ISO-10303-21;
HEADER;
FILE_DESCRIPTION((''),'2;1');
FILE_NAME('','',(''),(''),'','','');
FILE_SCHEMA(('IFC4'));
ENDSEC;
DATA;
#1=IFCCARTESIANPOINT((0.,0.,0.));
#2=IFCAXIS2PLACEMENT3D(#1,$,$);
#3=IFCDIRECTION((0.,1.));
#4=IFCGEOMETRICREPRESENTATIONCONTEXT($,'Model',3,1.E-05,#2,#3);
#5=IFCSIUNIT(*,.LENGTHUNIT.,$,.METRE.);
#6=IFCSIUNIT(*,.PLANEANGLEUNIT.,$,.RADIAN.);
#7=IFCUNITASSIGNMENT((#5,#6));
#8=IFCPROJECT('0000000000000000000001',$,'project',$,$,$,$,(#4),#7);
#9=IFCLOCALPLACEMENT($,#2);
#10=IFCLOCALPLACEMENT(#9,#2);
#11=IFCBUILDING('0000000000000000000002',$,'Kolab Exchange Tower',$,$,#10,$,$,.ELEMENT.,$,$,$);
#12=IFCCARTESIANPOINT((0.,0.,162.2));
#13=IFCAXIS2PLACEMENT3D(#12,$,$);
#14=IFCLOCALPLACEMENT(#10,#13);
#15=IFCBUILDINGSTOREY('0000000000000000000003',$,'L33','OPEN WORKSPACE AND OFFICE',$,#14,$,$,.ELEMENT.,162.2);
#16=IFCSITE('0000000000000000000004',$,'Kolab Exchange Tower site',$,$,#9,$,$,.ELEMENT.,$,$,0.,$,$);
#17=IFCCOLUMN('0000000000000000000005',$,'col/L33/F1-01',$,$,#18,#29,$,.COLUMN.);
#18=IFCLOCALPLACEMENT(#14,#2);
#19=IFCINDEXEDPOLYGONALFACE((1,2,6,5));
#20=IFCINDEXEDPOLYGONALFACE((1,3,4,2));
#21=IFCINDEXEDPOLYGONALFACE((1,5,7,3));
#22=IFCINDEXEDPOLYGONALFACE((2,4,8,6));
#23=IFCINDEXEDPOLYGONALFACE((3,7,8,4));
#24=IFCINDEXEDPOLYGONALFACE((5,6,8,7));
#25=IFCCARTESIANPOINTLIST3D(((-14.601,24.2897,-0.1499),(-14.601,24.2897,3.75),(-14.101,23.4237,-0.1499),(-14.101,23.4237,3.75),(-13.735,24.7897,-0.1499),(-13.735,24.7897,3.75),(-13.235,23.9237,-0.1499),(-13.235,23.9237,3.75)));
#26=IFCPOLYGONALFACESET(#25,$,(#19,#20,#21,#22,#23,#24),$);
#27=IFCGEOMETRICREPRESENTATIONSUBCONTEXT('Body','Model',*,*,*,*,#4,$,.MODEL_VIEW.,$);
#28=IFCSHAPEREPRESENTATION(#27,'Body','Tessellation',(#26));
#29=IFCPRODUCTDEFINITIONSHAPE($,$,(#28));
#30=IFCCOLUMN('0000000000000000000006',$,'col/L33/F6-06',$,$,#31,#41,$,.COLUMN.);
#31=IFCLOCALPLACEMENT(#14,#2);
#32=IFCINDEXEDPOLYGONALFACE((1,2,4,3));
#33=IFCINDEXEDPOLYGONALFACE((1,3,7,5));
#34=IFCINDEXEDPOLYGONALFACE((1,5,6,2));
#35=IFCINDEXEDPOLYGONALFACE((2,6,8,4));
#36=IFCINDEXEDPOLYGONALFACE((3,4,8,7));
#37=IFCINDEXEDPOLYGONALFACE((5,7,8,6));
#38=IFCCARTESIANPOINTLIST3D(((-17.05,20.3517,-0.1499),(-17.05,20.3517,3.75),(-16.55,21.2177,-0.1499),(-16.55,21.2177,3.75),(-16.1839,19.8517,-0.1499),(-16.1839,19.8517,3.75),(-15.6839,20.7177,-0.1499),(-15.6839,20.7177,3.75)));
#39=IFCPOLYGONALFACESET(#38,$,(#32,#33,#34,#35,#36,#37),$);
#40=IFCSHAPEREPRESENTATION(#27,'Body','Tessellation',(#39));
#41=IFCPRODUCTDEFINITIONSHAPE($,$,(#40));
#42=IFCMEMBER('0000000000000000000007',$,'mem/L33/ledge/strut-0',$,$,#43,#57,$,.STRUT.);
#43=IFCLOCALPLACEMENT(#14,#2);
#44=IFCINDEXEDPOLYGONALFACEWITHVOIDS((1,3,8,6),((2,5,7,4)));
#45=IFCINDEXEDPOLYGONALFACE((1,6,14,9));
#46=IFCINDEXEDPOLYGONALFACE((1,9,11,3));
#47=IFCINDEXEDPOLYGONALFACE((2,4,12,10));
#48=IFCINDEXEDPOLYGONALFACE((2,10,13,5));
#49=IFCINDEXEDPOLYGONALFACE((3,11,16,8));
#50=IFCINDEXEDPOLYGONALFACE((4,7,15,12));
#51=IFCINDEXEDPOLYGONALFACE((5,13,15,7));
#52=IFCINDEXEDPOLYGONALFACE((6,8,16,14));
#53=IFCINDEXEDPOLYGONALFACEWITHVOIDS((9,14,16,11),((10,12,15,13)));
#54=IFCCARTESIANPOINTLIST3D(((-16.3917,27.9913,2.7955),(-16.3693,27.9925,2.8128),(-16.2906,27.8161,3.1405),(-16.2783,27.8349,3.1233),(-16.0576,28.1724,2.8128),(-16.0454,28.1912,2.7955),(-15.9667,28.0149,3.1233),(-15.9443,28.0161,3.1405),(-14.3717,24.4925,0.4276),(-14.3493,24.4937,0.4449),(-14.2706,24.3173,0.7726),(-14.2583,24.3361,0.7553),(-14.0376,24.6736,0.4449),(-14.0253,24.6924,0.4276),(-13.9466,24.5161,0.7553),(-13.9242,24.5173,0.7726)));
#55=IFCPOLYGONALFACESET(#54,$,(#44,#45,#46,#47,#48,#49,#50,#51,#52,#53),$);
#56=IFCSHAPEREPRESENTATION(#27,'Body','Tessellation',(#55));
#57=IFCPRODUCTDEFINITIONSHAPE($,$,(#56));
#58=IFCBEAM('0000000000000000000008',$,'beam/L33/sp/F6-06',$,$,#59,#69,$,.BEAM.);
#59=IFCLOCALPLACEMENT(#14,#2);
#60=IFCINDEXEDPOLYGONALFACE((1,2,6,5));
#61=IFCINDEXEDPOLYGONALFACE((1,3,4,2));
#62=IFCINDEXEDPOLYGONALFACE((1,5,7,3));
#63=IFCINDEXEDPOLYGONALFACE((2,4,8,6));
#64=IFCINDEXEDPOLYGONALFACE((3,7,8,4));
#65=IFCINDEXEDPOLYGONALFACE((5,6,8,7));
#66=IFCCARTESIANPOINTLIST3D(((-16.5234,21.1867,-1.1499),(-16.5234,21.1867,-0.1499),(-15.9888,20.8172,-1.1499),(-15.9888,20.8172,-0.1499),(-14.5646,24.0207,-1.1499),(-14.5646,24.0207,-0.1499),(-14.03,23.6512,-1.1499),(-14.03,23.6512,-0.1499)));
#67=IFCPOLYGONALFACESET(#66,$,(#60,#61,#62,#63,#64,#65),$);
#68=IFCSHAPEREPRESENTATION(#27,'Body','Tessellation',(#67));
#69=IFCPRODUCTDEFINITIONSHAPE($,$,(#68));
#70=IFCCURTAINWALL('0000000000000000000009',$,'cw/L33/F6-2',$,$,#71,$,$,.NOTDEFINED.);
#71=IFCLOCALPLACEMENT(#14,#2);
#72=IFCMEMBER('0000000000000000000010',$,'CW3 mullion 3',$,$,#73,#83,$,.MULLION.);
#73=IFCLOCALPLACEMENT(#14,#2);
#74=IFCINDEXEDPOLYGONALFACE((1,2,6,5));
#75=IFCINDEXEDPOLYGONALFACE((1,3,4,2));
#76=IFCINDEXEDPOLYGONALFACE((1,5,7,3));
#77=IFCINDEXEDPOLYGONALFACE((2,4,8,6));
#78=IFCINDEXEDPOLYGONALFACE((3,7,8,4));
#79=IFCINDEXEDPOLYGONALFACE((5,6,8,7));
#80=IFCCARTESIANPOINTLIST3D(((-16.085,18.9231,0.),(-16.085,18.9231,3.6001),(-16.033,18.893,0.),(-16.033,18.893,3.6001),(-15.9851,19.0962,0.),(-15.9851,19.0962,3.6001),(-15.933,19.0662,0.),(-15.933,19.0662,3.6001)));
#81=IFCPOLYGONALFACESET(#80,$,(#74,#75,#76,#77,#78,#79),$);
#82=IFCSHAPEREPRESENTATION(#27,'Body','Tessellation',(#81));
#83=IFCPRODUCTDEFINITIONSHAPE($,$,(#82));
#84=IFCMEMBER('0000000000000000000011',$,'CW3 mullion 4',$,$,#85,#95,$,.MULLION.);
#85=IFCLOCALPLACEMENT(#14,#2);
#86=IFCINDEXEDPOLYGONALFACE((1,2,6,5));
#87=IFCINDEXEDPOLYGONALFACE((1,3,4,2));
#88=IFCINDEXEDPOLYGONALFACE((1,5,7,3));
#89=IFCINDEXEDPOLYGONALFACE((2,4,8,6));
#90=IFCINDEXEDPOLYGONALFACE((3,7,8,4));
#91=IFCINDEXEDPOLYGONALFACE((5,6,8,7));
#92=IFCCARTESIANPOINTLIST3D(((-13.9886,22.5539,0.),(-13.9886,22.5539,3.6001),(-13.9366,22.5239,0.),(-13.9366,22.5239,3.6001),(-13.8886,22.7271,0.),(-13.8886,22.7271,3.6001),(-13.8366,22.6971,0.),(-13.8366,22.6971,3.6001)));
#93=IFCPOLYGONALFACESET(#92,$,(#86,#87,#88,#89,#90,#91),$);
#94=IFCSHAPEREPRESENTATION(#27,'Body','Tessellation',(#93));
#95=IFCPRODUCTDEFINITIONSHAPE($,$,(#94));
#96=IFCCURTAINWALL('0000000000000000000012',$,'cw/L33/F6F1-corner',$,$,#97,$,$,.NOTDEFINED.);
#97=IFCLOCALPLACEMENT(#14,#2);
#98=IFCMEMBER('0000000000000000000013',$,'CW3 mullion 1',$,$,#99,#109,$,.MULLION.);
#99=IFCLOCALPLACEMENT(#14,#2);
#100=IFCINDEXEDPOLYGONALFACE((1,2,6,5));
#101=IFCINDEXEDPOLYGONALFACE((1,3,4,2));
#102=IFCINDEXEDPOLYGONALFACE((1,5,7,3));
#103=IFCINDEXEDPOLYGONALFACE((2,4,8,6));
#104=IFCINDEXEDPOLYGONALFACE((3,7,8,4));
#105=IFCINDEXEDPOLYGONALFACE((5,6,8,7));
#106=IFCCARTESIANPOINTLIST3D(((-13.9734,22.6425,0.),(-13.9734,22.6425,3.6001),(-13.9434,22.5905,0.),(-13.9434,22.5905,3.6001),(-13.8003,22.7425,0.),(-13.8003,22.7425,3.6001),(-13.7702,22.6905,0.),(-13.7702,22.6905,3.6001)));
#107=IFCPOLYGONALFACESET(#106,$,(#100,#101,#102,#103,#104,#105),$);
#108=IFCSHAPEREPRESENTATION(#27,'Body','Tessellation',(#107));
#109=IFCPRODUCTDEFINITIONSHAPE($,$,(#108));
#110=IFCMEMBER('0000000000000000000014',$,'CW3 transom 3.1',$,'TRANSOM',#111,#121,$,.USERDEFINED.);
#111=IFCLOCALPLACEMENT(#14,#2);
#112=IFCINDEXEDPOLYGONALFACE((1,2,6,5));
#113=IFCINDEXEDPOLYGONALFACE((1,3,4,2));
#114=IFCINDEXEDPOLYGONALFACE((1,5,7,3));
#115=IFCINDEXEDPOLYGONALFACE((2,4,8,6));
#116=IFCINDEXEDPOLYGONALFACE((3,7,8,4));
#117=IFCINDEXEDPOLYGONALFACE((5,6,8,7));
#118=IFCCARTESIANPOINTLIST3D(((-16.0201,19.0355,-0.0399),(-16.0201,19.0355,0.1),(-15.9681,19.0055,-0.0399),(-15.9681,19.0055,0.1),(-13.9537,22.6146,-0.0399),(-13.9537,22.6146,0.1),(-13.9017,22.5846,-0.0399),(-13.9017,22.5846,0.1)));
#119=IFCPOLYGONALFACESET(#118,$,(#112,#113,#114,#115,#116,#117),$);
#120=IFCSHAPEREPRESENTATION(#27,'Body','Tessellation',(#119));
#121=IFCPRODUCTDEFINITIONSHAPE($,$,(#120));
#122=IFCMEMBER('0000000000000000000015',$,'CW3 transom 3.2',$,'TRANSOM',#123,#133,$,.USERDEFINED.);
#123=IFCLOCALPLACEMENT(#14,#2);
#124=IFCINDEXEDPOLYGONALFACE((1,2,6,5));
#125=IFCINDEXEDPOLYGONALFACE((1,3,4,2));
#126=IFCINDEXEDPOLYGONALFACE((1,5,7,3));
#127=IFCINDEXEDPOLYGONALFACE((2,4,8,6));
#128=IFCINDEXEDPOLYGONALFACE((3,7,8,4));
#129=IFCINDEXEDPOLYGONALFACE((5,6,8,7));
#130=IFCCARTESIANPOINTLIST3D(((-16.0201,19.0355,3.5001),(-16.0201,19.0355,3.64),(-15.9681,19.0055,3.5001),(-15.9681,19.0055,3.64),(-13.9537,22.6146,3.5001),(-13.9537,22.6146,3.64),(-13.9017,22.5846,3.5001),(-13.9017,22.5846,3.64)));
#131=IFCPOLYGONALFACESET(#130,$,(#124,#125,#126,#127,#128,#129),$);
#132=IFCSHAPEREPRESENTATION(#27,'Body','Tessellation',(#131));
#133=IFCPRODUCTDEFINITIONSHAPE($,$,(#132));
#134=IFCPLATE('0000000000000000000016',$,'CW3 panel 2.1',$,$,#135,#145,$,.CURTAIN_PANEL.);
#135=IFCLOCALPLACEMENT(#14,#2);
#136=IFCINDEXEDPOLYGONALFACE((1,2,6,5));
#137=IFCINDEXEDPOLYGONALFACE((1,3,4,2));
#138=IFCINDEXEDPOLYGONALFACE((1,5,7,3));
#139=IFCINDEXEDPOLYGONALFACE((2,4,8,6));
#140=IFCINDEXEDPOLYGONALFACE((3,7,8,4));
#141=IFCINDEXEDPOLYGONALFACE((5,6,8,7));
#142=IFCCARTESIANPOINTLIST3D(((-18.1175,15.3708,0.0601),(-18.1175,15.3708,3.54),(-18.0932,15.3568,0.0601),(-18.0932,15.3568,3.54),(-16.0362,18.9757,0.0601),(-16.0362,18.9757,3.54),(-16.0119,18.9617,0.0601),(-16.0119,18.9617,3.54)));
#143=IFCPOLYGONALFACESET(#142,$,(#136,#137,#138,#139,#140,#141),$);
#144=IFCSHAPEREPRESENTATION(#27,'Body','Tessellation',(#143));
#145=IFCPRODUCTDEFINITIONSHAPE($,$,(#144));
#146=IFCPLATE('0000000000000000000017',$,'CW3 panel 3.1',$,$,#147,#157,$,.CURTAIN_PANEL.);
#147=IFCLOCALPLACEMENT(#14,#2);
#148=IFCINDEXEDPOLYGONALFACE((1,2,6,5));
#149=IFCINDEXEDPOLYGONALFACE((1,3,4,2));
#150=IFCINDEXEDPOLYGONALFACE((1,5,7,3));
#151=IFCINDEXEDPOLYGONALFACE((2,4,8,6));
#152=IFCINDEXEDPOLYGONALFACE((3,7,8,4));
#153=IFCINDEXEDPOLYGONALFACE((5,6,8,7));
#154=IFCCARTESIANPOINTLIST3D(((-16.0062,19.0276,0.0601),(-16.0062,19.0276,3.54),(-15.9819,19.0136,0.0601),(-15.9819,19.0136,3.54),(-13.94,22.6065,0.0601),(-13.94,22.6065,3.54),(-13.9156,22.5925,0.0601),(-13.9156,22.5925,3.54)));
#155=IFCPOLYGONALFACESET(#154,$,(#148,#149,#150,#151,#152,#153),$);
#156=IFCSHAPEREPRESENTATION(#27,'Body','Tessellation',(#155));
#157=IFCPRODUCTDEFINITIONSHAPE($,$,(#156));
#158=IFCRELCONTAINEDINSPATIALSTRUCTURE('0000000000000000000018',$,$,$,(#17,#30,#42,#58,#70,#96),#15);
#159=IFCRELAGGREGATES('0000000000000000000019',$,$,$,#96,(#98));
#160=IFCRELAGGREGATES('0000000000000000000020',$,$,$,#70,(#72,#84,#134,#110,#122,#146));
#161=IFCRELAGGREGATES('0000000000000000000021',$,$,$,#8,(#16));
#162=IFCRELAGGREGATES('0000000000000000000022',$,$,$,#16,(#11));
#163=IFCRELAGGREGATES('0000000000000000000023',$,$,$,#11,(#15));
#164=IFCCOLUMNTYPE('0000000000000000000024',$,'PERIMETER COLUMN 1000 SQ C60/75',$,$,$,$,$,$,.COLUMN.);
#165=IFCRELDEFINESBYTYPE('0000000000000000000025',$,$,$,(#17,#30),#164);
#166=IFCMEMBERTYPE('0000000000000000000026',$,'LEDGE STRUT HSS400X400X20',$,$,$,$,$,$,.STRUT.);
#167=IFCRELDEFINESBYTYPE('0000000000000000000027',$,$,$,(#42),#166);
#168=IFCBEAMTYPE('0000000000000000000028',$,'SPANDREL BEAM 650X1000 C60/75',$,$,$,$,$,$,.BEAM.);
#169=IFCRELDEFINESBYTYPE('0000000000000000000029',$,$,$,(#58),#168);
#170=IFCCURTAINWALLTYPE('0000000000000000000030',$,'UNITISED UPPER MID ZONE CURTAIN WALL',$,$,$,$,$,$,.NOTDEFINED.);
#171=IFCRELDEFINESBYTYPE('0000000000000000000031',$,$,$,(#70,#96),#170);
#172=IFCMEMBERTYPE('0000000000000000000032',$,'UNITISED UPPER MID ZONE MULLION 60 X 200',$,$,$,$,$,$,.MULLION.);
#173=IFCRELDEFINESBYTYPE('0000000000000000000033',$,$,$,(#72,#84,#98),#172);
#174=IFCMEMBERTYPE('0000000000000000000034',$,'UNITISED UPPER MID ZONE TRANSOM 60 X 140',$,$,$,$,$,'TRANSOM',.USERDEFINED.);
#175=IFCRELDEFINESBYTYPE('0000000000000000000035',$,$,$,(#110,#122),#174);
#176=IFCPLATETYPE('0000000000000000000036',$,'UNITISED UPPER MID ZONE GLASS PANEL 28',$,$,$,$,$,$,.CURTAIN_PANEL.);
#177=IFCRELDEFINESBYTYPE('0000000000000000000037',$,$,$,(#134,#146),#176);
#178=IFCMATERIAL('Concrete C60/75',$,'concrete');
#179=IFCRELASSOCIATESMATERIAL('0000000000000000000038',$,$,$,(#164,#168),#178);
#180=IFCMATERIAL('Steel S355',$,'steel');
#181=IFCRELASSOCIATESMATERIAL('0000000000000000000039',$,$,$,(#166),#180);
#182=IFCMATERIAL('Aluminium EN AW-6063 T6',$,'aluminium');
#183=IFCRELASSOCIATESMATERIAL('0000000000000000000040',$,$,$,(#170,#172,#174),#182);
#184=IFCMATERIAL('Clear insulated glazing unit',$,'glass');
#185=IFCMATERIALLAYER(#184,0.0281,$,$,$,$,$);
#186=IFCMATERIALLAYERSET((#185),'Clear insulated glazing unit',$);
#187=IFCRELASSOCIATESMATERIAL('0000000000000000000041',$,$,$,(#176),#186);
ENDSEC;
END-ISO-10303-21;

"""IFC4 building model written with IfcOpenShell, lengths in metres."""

from ifc_helpers import new_model, si_unit, direction, frame, origin, origin_2d, place, context, subcontext, project, spatial, rectangle, hollow_rectangle, extrude, material, layer, layer_set, material_profile, profile_set, type_object, element, aggregate, save


model = new_model("IFC4")

# Units and contexts
model_context = context("Model", 3, precision=1e-05, world=origin(), true_north=direction((0.0, 1.0)))
body_context = subcontext(model_context, "Body", "Model", "MODEL_VIEW")
ifc_project = project(units=[si_unit("LENGTHUNIT", "METRE"), si_unit("PLANEANGLEUNIT", "RADIAN")], contexts=[model_context])

# Site, building, storey
site_placement = place(None, origin())
site = spatial("IfcSite", under=ifc_project, at=site_placement, Name="Kolab Exchange Tower site", CompositionType="ELEMENT", RefElevation=0.0)
building_placement = place(site_placement, origin())
building = spatial("IfcBuilding", under=site, at=building_placement, Name="Kolab Exchange Tower", CompositionType="ELEMENT")
storey_placement = place(building_placement, frame((0.0, 0.0, 162.2)))
storey = spatial("IfcBuildingStorey", under=building, at=storey_placement, Name="L33", Description="OPEN WORKSPACE AND OFFICE", CompositionType="ELEMENT", Elevation=162.2)

# Columns
ifc_material_1 = material(Name="Concrete C60/75", Category="concrete")
ifc_material_profile_1 = material_profile(ifc_material_1, rectangle(XDim=1.0, YDim=1.0, at=origin_2d()), Name="RC1000")
ifc_profile_set_1 = profile_set([ifc_material_profile_1], Name="Concrete C60/75")
column_type = type_object("IfcColumnType", Name="PERIMETER COLUMN 1000 SQ C60/75", PredefinedType="COLUMN", material=ifc_profile_set_1)
for number, where, z_axis, x_axis, name in (
    (1, (-13.918, 24.1067, -0.1499), (0.0, 0.0, 1.0), (0.866025, 0.5, 0.0), "col/L33/F1-01"),
    (2, (-16.3669, 20.5347, -0.1499), (0.0, 0.0, 1.0), (0.5, 0.866025, 0.0), "col/L33/F6-06"),
):
    element("IfcColumn", number, at=place(storey_placement, frame(where, z_axis=z_axis, x_axis=x_axis)), inside=storey, type_object=column_type, Name=name, PredefinedType="COLUMN", context=body_context, shape_type="SweptSolid", body=[
        extrude(rectangle(XDim=1.0, YDim=1.0, at=origin_2d()), origin(), (0.0, 0.0, 1.0), 3.8999),
    ])

# Member
ifc_material_2 = material(Name="Steel S355", Category="steel")
ifc_material_profile_2 = material_profile(ifc_material_2, hollow_rectangle(XDim=0.3999, YDim=0.3999, WallThickness=0.02, at=origin_2d()), Name="HSS400X400X20")
ifc_profile_set_2 = profile_set([ifc_material_profile_2], Name="Steel S355")
member_type_1 = type_object("IfcMemberType", Name="LEDGE STRUT HSS400X400X20", PredefinedType="STRUT", material=ifc_profile_set_2)
member_1_placement = place(storey_placement, frame((-14.1479, 24.5049, 0.6001), z_axis=(-0.431366, 0.747149, 0.505659), x_axis=(-0.866026, -0.5, 0.0)))
element("IfcMember", 3, at=member_1_placement, inside=storey, type_object=member_type_1, Name="mem/L33/ledge/strut-0", PredefinedType="STRUT", context=body_context, shape_type="SweptSolid", body=[
    extrude(hollow_rectangle(XDim=0.3999, YDim=0.3999, WallThickness=0.02, at=origin_2d()), origin(), (0.0, 0.0, 1.0), 4.6829),
])

# Beam
ifc_material_profile_3 = material_profile(ifc_material_1, rectangle(XDim=0.6499, YDim=1.0, at=origin_2d()), Name="RC650X1000")
ifc_profile_set_3 = profile_set([ifc_material_profile_3], Name="Concrete C60/75")
beam_type = type_object("IfcBeamType", Name="SPANDREL BEAM 650X1000 C60/75", PredefinedType="BEAM", material=ifc_profile_set_3)
beam_placement = place(storey_placement, frame((-16.2561, 21.002, -0.6499), z_axis=(0.568572, 0.822633, 0.0), x_axis=(-0.822633, 0.568572, 0.0)))
element("IfcBeam", 4, at=beam_placement, inside=storey, type_object=beam_type, Name="beam/L33/sp/F6-06", PredefinedType="BEAM", context=body_context, shape_type="SweptSolid", body=[
    extrude(rectangle(XDim=0.6499, YDim=1.0, at=origin_2d()), origin(), (0.0, 0.0, 1.0), 3.4451),
])

# Curtain wall, members
ifc_material_3 = material(Name="Aluminium EN AW-6063 T6", Category="aluminium")
curtain_wall_type = type_object("IfcCurtainWallType", Name="UNITISED UPPER MID ZONE CURTAIN WALL", PredefinedType="NOTDEFINED", material=ifc_material_3)
curtain_wall_1_placement = place(storey_placement, origin())
curtain_wall_1 = element("IfcCurtainWall", 5, at=curtain_wall_1_placement, inside=storey, type_object=curtain_wall_type, Name="cw/L33/F6-2", PredefinedType="NOTDEFINED")
ifc_material_profile_4 = material_profile(ifc_material_3, rectangle(XDim=0.0601, YDim=0.2, at=origin_2d()), Name="RECT 60X200")
ifc_profile_set_4 = profile_set([ifc_material_profile_4], Name="Aluminium EN AW-6063 T6")
member_type_2 = type_object("IfcMemberType", Name="UNITISED UPPER MID ZONE MULLION 60 X 200", PredefinedType="MULLION", material=ifc_profile_set_4)
member_2_placement = place(storey_placement, frame((-16.009, 18.9946, 0.0), z_axis=(0.0, 0.0, 1.0), x_axis=(-0.866025, 0.5, 0.0)))
member_2 = element("IfcMember", 6, at=member_2_placement, type_object=member_type_2, Name="CW3 mullion 3", PredefinedType="MULLION", context=body_context, shape_type="SweptSolid", body=[
    extrude(rectangle(XDim=0.0601, YDim=0.2, at=origin_2d()), origin(), (0.0, 0.0, 1.0), 3.6001),
])
member_3_placement = place(storey_placement, frame((-13.9126, 22.6255, 0.0), z_axis=(0.0, 0.0, 1.0), x_axis=(-0.866025, 0.5, 0.0)))
member_3 = element("IfcMember", 7, at=member_3_placement, type_object=member_type_2, Name="CW3 mullion 4", PredefinedType="MULLION", context=body_context, shape_type="SweptSolid", body=[
    extrude(rectangle(XDim=0.0601, YDim=0.2, at=origin_2d()), origin(), (0.0, 0.0, 1.0), 3.6001),
])

# Curtain wall, member
curtain_wall_2_placement = place(storey_placement, origin())
curtain_wall_2 = element("IfcCurtainWall", 8, at=curtain_wall_2_placement, inside=storey, type_object=curtain_wall_type, Name="cw/L33/F6F1-corner", PredefinedType="NOTDEFINED")
member_4_placement = place(storey_placement, frame((-13.8718, 22.6665, 0.0), z_axis=(0.0, 0.0, 1.0), x_axis=(-0.5, 0.866025, 0.0)))
member_4 = element("IfcMember", 9, at=member_4_placement, type_object=member_type_2, Name="CW3 mullion 1", PredefinedType="MULLION", context=body_context, shape_type="SweptSolid", body=[
    extrude(rectangle(XDim=0.0601, YDim=0.2, at=origin_2d()), origin(), (0.0, 0.0, 1.0), 3.6001),
])
aggregate(curtain_wall_2, [member_4])

# Members
ifc_material_profile_5 = material_profile(ifc_material_3, rectangle(XDim=0.0601, YDim=0.1399, at=origin_2d()), Name="RECT 60X140")
ifc_profile_set_5 = profile_set([ifc_material_profile_5], Name="Aluminium EN AW-6063 T6")
member_type_3 = type_object("IfcMemberType", Name="UNITISED UPPER MID ZONE TRANSOM 60 X 140", ElementType="TRANSOM", PredefinedType="USERDEFINED", material=ifc_profile_set_5)
member_5_placement = place(storey_placement, frame((-15.9941, 19.0205, 0.03), z_axis=(0.500002, 0.866024, 0.0), x_axis=(-0.866024, 0.500002, 0.0)))
member_5 = element("IfcMember", 10, at=member_5_placement, type_object=member_type_3, Name="CW3 transom 3.1", ObjectType="TRANSOM", PredefinedType="USERDEFINED", context=body_context, shape_type="SweptSolid", body=[
    extrude(rectangle(XDim=0.0601, YDim=0.1399, at=origin_2d()), origin(), (0.0, 0.0, 1.0), 4.1328),
])
member_6_placement = place(storey_placement, frame((-15.9941, 19.0205, 3.5701), z_axis=(0.500002, 0.866024, 0.0), x_axis=(-0.866024, 0.500002, 0.0)))
member_6 = element("IfcMember", 11, at=member_6_placement, type_object=member_type_3, Name="CW3 transom 3.2", ObjectType="TRANSOM", PredefinedType="USERDEFINED", context=body_context, shape_type="SweptSolid", body=[
    extrude(rectangle(XDim=0.0601, YDim=0.1399, at=origin_2d()), origin(), (0.0, 0.0, 1.0), 4.1328),
])

# Plates
ifc_material_4 = material(Name="Clear insulated glazing unit", Category="glass")
ifc_layer = layer(ifc_material_4, 0.0281)
ifc_layer_set = layer_set([ifc_layer], Name="Clear insulated glazing unit")
plate_type = type_object("IfcPlateType", Name="UNITISED UPPER MID ZONE GLASS PANEL 28", PredefinedType="CURTAIN_PANEL", material=ifc_layer_set)
plate_1_placement = place(storey_placement, frame((-17.0647, 17.1663, 0.0601), z_axis=(0.0, 0.0, 1.0), x_axis=(0.5, 0.866025, 0.0)))
plate_1 = element("IfcPlate", 12, at=plate_1_placement, type_object=plate_type, Name="CW3 panel 2.1", PredefinedType="CURTAIN_PANEL", context=body_context, shape_type="SweptSolid", body=[
    extrude(rectangle(XDim=4.1626, YDim=0.0281, at=origin_2d()), origin(), (0.0, 0.0, 1.0), 3.48),
])
plate_2_placement = place(storey_placement, frame((-14.9609, 20.8101, 0.0601), z_axis=(0.0, 0.0, 1.0), x_axis=(0.5, 0.866025, 0.0)))
plate_2 = element("IfcPlate", 13, at=plate_2_placement, type_object=plate_type, Name="CW3 panel 3.1", PredefinedType="CURTAIN_PANEL", context=body_context, shape_type="SweptSolid", body=[
    extrude(rectangle(XDim=4.1326, YDim=0.0281, at=origin_2d()), origin(), (0.0, 0.0, 1.0), 3.48),
])
aggregate(curtain_wall_1, [member_2, member_3, plate_1, member_5, member_6, plate_2])

save(model, "model.ifc")
